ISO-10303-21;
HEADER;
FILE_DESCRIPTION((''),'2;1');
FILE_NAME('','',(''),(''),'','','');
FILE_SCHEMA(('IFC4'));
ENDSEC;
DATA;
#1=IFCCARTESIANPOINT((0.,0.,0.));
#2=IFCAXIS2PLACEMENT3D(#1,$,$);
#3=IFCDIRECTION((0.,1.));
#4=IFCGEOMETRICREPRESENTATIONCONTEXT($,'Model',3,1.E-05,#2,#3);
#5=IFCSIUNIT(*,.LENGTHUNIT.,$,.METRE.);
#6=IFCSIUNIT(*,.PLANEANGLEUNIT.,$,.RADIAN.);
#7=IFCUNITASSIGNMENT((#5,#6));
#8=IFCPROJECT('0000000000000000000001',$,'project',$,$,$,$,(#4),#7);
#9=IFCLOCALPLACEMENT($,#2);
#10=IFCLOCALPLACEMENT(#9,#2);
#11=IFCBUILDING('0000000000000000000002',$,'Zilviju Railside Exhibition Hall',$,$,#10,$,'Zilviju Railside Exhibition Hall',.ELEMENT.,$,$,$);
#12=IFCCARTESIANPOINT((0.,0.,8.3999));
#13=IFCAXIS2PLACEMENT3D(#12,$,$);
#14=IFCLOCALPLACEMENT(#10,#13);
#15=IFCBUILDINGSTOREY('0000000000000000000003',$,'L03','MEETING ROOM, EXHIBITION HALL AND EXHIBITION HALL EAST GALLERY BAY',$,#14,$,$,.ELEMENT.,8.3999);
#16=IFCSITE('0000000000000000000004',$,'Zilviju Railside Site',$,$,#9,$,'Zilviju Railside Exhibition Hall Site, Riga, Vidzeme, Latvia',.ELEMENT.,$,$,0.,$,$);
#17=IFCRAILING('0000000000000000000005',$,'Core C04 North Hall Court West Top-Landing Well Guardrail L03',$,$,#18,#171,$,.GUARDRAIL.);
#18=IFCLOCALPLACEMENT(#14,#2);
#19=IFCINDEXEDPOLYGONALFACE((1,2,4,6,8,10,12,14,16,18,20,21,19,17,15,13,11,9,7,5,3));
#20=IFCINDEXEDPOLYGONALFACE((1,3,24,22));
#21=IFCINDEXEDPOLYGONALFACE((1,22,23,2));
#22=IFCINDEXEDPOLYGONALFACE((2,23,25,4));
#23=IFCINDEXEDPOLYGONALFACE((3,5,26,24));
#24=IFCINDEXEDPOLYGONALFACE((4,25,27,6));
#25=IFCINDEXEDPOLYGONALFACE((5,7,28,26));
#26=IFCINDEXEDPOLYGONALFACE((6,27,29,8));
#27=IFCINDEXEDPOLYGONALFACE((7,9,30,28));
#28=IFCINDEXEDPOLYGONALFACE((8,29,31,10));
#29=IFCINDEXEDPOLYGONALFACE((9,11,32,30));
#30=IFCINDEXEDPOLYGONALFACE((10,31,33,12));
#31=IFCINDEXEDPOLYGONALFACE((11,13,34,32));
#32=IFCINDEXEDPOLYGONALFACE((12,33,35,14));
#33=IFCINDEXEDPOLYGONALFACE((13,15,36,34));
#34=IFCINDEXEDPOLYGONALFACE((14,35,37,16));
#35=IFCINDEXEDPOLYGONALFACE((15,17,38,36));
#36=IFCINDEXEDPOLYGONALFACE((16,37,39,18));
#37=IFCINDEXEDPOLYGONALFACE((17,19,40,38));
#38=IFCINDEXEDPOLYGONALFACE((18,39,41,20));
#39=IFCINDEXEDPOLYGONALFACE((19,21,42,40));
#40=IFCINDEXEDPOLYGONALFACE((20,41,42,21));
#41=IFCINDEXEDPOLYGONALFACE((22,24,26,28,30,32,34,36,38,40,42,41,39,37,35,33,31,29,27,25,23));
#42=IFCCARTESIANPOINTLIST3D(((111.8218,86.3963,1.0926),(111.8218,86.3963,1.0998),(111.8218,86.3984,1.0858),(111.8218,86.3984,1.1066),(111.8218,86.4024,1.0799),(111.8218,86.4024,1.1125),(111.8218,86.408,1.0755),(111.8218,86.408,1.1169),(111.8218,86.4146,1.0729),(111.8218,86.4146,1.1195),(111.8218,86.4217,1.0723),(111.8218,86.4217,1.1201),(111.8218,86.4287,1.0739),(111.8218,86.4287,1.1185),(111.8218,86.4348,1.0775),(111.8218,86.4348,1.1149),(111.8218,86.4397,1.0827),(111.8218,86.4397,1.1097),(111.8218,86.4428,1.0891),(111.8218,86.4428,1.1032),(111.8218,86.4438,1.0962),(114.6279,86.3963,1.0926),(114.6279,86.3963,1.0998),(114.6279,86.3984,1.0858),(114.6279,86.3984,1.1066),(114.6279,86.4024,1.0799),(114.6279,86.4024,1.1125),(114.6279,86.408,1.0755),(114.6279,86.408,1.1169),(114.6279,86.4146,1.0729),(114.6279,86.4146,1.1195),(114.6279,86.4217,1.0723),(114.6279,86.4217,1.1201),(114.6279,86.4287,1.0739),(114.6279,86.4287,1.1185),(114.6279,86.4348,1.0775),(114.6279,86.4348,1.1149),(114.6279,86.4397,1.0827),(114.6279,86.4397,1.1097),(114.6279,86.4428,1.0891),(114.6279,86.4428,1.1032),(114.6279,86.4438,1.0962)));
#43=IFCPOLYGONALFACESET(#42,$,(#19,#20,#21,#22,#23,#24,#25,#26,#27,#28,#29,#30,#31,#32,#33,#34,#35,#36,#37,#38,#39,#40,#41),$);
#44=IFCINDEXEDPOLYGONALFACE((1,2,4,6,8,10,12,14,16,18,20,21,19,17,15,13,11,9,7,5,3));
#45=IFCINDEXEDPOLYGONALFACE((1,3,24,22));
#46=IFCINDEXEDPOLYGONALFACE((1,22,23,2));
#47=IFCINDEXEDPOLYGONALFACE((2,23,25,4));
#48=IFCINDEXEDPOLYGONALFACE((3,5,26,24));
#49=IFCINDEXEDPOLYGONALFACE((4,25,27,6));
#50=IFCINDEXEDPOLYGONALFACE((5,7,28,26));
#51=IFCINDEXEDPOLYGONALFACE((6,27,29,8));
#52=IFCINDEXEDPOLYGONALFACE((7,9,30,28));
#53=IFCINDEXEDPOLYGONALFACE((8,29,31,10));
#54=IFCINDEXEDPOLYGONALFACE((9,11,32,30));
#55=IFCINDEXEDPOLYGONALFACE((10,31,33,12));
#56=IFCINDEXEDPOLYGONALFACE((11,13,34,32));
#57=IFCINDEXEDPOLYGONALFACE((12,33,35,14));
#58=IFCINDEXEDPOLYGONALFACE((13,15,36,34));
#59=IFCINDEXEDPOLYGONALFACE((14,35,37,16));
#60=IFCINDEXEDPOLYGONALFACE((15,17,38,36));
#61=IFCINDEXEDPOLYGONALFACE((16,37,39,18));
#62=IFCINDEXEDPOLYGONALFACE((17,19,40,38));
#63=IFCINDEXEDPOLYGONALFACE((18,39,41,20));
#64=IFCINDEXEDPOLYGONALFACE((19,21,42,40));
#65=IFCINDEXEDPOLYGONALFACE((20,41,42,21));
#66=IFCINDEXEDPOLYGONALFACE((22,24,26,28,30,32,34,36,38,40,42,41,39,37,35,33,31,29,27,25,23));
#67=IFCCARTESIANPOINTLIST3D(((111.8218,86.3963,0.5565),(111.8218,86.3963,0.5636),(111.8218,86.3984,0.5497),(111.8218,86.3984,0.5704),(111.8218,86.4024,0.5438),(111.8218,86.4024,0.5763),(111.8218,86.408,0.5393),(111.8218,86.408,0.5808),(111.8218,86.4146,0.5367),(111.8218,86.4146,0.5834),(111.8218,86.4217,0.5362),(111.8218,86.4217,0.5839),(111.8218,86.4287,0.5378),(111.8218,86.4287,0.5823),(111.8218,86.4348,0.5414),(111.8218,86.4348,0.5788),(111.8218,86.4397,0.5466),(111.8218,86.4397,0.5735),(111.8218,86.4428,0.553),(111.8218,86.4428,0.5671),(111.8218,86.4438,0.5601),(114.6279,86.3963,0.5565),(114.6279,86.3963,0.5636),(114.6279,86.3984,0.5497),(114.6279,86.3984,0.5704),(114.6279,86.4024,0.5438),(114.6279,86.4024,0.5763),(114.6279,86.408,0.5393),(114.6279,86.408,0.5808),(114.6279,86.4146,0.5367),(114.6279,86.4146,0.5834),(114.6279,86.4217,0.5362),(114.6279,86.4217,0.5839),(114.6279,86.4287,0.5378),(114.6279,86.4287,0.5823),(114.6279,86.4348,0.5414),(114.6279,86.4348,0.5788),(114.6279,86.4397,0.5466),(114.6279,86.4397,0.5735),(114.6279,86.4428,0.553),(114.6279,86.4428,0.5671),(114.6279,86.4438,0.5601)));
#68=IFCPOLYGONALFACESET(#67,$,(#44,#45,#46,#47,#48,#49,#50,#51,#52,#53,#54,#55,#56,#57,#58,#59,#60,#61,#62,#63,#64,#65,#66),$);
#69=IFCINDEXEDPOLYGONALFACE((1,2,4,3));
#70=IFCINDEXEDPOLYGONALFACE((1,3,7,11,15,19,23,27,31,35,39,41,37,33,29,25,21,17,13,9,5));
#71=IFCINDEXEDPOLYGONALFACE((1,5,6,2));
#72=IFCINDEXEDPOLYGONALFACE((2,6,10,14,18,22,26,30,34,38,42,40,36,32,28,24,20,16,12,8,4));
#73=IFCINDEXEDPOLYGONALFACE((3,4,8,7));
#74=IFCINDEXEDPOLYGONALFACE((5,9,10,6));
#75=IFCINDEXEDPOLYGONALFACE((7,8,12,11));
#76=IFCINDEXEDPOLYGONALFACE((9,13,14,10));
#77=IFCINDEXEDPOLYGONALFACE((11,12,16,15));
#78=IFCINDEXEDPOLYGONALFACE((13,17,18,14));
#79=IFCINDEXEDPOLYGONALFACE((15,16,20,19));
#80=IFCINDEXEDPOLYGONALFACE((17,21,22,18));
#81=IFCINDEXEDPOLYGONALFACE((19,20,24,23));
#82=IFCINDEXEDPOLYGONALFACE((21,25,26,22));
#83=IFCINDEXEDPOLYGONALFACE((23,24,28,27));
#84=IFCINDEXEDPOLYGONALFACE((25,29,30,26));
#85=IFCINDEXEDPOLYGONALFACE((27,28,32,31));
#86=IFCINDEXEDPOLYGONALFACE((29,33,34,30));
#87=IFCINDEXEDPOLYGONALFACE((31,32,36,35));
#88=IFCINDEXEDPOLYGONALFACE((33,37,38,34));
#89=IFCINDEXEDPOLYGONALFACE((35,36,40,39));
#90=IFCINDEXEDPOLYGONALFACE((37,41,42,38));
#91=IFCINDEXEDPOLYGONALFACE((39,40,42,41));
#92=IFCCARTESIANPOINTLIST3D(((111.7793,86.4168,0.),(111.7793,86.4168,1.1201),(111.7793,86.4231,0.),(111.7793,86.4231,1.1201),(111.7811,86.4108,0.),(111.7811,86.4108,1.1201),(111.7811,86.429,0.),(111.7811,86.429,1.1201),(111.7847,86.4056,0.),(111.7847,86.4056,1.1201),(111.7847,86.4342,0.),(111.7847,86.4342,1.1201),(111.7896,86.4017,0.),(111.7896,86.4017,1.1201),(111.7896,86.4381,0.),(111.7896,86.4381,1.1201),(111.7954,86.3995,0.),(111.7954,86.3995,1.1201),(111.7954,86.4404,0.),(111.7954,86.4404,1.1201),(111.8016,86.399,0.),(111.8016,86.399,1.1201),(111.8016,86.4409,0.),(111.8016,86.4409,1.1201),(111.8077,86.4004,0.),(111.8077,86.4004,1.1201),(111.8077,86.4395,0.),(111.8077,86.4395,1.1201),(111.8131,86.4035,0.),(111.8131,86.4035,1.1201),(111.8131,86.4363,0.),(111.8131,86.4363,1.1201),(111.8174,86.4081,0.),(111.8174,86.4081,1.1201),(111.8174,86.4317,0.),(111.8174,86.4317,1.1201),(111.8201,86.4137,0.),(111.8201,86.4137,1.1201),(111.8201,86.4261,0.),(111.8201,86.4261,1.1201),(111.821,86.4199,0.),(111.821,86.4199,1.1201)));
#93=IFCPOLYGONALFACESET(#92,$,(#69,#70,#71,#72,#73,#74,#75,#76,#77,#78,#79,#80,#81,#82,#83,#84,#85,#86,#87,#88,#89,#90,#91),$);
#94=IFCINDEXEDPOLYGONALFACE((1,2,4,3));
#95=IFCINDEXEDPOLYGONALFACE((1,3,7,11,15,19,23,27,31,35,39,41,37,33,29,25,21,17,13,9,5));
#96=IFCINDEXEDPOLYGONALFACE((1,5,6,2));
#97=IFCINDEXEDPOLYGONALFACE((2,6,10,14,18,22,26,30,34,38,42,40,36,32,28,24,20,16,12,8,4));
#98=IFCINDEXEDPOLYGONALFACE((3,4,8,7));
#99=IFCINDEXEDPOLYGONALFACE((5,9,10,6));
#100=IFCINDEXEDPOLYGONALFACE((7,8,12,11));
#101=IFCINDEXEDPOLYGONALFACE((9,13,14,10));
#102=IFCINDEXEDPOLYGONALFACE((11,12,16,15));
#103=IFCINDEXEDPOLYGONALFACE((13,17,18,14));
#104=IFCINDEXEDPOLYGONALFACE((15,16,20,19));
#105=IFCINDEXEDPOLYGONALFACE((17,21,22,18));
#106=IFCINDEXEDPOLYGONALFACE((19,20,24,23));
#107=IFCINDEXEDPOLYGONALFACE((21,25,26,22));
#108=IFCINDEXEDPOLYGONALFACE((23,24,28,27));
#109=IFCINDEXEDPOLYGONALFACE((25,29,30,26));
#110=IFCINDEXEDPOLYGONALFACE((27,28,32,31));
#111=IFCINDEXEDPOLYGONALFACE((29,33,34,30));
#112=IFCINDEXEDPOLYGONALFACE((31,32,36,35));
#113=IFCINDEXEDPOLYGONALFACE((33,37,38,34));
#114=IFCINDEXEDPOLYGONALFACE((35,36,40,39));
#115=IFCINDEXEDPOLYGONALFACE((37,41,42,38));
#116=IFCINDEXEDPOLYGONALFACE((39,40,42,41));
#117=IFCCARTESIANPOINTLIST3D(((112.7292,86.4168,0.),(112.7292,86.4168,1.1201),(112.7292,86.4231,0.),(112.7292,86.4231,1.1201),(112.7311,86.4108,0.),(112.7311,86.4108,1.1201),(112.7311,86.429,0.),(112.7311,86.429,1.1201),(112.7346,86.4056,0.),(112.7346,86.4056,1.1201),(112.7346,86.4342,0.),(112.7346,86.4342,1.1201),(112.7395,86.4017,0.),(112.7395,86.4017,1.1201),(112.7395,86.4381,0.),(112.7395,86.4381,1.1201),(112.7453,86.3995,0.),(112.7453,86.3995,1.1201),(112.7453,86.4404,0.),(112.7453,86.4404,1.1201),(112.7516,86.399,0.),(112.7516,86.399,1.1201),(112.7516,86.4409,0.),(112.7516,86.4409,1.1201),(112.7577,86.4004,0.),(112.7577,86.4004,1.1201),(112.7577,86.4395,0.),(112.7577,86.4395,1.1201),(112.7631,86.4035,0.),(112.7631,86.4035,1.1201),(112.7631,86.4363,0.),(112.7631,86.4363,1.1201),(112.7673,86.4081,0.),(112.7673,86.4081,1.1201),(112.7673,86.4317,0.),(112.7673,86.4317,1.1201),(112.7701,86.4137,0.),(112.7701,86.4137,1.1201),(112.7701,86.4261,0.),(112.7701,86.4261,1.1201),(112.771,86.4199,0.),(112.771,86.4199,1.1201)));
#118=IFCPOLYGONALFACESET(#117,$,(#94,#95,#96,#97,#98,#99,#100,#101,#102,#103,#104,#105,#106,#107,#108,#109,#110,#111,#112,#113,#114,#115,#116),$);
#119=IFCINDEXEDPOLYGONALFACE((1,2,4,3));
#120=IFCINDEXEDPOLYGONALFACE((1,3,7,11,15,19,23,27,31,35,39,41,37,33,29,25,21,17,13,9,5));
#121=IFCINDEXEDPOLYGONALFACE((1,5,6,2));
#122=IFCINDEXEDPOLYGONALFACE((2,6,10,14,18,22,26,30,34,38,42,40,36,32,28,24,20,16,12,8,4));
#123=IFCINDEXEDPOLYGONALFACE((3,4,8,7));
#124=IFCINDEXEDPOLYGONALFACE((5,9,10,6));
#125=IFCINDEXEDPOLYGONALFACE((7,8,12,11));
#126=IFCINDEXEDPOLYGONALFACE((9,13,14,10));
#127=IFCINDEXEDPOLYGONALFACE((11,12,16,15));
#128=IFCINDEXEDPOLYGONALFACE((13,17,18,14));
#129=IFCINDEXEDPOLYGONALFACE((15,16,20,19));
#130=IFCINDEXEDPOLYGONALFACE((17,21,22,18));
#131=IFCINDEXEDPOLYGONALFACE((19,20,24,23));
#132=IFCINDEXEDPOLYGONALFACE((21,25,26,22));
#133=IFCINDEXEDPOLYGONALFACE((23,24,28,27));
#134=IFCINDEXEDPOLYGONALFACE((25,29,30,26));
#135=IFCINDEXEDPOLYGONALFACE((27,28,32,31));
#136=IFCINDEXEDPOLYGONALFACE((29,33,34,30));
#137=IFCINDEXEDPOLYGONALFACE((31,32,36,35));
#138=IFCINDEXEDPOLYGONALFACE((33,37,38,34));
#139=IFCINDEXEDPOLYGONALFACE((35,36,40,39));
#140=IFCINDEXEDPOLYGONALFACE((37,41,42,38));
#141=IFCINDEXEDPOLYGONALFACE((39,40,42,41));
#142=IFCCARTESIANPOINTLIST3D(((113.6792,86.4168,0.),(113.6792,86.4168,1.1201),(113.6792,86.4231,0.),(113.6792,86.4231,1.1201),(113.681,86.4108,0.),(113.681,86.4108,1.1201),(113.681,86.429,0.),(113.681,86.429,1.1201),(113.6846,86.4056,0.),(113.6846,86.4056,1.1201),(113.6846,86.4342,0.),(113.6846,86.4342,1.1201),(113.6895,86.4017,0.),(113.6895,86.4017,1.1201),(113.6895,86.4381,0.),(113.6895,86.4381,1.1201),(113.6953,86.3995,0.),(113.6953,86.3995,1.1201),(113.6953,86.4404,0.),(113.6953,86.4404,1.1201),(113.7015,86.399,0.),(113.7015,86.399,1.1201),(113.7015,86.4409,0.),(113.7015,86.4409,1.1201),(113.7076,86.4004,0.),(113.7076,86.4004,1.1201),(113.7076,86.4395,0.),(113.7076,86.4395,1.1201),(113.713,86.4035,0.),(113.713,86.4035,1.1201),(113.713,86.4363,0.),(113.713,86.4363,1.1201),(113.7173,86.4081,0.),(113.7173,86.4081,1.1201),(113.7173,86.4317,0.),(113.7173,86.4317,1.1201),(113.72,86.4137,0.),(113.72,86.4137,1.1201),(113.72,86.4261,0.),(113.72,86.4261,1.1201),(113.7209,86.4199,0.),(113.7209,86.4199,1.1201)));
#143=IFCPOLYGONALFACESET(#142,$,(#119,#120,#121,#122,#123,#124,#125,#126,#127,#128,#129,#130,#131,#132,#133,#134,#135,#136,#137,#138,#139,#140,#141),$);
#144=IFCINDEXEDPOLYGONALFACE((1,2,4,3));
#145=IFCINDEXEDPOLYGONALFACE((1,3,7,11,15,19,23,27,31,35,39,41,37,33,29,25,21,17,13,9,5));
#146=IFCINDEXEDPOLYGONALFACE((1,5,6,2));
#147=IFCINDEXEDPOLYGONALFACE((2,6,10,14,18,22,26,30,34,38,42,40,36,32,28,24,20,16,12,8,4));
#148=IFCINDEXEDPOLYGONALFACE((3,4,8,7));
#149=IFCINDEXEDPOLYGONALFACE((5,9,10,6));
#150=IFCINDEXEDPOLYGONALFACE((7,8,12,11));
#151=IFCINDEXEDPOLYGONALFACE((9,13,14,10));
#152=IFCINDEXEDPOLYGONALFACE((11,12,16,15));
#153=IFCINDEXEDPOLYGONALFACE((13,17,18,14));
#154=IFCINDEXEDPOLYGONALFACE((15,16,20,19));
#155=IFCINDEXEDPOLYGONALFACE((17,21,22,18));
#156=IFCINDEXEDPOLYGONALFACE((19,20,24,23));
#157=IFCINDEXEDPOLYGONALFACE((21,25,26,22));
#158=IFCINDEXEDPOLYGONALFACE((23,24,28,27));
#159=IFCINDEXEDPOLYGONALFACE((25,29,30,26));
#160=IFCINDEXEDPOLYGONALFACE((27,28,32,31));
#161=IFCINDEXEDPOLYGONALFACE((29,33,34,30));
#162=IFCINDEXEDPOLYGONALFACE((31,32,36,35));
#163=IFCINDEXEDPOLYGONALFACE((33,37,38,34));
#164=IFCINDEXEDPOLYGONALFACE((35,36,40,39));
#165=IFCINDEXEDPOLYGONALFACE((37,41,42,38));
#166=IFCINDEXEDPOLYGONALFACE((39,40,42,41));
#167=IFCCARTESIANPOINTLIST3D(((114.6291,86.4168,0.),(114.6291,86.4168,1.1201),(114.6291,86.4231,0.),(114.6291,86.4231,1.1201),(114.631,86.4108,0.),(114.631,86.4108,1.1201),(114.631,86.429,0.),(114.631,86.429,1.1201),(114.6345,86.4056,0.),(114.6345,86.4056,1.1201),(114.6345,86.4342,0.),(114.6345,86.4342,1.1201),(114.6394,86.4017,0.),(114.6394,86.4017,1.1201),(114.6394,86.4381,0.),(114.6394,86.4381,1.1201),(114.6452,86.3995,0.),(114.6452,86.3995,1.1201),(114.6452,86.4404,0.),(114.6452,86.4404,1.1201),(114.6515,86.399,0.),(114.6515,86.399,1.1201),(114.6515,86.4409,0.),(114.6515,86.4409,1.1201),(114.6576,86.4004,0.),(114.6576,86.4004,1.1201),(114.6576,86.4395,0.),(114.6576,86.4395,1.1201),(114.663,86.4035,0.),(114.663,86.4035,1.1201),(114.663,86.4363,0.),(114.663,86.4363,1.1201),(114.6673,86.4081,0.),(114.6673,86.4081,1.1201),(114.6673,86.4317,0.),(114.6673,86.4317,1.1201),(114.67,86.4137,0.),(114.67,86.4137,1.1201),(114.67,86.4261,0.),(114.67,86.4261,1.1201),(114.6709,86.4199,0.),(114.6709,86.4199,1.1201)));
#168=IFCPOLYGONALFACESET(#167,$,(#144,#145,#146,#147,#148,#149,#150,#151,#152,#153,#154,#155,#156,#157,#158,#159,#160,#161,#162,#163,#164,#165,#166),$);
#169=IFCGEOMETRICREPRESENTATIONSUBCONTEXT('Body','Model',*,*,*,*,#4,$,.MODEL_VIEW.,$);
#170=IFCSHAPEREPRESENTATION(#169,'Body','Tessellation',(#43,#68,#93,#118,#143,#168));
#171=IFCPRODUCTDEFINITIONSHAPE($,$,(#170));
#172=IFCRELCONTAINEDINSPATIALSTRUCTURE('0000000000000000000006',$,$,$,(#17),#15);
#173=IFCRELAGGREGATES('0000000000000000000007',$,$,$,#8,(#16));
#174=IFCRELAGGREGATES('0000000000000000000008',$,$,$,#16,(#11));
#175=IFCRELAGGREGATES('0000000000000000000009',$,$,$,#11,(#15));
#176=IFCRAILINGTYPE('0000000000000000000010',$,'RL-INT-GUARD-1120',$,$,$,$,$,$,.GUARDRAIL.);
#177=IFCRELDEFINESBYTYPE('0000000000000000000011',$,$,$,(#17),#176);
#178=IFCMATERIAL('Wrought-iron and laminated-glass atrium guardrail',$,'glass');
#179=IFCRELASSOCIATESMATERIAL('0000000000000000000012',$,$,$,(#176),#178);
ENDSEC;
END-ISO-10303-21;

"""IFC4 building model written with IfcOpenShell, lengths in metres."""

from ifc_helpers import new_model, si_unit, direction, frame, origin, origin_2d, place, context, subcontext, project, spatial, circle, extrude, material, type_object, element, save


model = new_model("IFC4")

# Units and contexts
model_context = context("Model", 3, precision=1e-05, world=origin(), true_north=direction((0.0, 1.0)))
body_context = subcontext(model_context, "Body", "Model", "MODEL_VIEW")
ifc_project = project(units=[si_unit("LENGTHUNIT", "METRE"), si_unit("PLANEANGLEUNIT", "RADIAN")], contexts=[model_context])

# Site, building, storey
site_placement = place(None, origin())
site = spatial("IfcSite", under=ifc_project, at=site_placement, Name="Zilviju Railside Site", LongName="Zilviju Railside Exhibition Hall Site, Riga, Vidzeme, Latvia", CompositionType="ELEMENT", RefElevation=0.0)
building_placement = place(site_placement, origin())
building = spatial("IfcBuilding", under=site, at=building_placement, Name="Zilviju Railside Exhibition Hall", LongName="Zilviju Railside Exhibition Hall", CompositionType="ELEMENT")
storey_placement = place(building_placement, frame((0.0, 0.0, 8.3999)))
storey = spatial("IfcBuildingStorey", under=building, at=storey_placement, Name="L03", Description="MEETING ROOM, EXHIBITION HALL AND EXHIBITION HALL EAST GALLERY BAY", CompositionType="ELEMENT", Elevation=8.3999)

# Railing
ifc_material_1 = material(Name="Wrought-iron and laminated-glass atrium guardrail", Category="glass")
railing_type = type_object("IfcRailingType", Name="RL-INT-GUARD-1120", PredefinedType="GUARDRAIL", material=ifc_material_1)
railing_placement = place(storey_placement, frame((111.8, 86.4199, 0.0)))
element("IfcRailing", 1, at=railing_placement, inside=storey, type_object=railing_type, Name="Core C04 North Hall Court West Top-Landing Well Guardrail L03", PredefinedType="GUARDRAIL", context=body_context, shape_type="SweptSolid", body=[
    extrude(circle(Radius=0.0239, at=origin_2d()), frame((0.0217, 0.0, 1.0962), z_axis=(1.0, 0.0, 0.0), x_axis=(0.0, 1.0, 0.0)), (0.0, 0.0, 1.0), 2.8062),
    extrude(circle(Radius=0.0239, at=origin_2d()), frame((0.0217, 0.0, 0.5601), z_axis=(1.0, 0.0, 0.0), x_axis=(0.0, 1.0, 0.0)), (0.0, 0.0, 1.0), 2.8062),
    extrude(circle(Radius=0.021, at=origin_2d()), origin(), (0.0, 0.0, 1.0), 1.1201),
    extrude(circle(Radius=0.021, at=origin_2d()), frame((0.95, 0.0, 0.0)), (0.0, 0.0, 1.0), 1.1201),
    extrude(circle(Radius=0.021, at=origin_2d()), frame((1.8999, 0.0, 0.0)), (0.0, 0.0, 1.0), 1.1201),
    extrude(circle(Radius=0.021, at=origin_2d()), frame((2.8499, 0.0, 0.0)), (0.0, 0.0, 1.0), 1.1201),
])

save(model, "model.ifc")
